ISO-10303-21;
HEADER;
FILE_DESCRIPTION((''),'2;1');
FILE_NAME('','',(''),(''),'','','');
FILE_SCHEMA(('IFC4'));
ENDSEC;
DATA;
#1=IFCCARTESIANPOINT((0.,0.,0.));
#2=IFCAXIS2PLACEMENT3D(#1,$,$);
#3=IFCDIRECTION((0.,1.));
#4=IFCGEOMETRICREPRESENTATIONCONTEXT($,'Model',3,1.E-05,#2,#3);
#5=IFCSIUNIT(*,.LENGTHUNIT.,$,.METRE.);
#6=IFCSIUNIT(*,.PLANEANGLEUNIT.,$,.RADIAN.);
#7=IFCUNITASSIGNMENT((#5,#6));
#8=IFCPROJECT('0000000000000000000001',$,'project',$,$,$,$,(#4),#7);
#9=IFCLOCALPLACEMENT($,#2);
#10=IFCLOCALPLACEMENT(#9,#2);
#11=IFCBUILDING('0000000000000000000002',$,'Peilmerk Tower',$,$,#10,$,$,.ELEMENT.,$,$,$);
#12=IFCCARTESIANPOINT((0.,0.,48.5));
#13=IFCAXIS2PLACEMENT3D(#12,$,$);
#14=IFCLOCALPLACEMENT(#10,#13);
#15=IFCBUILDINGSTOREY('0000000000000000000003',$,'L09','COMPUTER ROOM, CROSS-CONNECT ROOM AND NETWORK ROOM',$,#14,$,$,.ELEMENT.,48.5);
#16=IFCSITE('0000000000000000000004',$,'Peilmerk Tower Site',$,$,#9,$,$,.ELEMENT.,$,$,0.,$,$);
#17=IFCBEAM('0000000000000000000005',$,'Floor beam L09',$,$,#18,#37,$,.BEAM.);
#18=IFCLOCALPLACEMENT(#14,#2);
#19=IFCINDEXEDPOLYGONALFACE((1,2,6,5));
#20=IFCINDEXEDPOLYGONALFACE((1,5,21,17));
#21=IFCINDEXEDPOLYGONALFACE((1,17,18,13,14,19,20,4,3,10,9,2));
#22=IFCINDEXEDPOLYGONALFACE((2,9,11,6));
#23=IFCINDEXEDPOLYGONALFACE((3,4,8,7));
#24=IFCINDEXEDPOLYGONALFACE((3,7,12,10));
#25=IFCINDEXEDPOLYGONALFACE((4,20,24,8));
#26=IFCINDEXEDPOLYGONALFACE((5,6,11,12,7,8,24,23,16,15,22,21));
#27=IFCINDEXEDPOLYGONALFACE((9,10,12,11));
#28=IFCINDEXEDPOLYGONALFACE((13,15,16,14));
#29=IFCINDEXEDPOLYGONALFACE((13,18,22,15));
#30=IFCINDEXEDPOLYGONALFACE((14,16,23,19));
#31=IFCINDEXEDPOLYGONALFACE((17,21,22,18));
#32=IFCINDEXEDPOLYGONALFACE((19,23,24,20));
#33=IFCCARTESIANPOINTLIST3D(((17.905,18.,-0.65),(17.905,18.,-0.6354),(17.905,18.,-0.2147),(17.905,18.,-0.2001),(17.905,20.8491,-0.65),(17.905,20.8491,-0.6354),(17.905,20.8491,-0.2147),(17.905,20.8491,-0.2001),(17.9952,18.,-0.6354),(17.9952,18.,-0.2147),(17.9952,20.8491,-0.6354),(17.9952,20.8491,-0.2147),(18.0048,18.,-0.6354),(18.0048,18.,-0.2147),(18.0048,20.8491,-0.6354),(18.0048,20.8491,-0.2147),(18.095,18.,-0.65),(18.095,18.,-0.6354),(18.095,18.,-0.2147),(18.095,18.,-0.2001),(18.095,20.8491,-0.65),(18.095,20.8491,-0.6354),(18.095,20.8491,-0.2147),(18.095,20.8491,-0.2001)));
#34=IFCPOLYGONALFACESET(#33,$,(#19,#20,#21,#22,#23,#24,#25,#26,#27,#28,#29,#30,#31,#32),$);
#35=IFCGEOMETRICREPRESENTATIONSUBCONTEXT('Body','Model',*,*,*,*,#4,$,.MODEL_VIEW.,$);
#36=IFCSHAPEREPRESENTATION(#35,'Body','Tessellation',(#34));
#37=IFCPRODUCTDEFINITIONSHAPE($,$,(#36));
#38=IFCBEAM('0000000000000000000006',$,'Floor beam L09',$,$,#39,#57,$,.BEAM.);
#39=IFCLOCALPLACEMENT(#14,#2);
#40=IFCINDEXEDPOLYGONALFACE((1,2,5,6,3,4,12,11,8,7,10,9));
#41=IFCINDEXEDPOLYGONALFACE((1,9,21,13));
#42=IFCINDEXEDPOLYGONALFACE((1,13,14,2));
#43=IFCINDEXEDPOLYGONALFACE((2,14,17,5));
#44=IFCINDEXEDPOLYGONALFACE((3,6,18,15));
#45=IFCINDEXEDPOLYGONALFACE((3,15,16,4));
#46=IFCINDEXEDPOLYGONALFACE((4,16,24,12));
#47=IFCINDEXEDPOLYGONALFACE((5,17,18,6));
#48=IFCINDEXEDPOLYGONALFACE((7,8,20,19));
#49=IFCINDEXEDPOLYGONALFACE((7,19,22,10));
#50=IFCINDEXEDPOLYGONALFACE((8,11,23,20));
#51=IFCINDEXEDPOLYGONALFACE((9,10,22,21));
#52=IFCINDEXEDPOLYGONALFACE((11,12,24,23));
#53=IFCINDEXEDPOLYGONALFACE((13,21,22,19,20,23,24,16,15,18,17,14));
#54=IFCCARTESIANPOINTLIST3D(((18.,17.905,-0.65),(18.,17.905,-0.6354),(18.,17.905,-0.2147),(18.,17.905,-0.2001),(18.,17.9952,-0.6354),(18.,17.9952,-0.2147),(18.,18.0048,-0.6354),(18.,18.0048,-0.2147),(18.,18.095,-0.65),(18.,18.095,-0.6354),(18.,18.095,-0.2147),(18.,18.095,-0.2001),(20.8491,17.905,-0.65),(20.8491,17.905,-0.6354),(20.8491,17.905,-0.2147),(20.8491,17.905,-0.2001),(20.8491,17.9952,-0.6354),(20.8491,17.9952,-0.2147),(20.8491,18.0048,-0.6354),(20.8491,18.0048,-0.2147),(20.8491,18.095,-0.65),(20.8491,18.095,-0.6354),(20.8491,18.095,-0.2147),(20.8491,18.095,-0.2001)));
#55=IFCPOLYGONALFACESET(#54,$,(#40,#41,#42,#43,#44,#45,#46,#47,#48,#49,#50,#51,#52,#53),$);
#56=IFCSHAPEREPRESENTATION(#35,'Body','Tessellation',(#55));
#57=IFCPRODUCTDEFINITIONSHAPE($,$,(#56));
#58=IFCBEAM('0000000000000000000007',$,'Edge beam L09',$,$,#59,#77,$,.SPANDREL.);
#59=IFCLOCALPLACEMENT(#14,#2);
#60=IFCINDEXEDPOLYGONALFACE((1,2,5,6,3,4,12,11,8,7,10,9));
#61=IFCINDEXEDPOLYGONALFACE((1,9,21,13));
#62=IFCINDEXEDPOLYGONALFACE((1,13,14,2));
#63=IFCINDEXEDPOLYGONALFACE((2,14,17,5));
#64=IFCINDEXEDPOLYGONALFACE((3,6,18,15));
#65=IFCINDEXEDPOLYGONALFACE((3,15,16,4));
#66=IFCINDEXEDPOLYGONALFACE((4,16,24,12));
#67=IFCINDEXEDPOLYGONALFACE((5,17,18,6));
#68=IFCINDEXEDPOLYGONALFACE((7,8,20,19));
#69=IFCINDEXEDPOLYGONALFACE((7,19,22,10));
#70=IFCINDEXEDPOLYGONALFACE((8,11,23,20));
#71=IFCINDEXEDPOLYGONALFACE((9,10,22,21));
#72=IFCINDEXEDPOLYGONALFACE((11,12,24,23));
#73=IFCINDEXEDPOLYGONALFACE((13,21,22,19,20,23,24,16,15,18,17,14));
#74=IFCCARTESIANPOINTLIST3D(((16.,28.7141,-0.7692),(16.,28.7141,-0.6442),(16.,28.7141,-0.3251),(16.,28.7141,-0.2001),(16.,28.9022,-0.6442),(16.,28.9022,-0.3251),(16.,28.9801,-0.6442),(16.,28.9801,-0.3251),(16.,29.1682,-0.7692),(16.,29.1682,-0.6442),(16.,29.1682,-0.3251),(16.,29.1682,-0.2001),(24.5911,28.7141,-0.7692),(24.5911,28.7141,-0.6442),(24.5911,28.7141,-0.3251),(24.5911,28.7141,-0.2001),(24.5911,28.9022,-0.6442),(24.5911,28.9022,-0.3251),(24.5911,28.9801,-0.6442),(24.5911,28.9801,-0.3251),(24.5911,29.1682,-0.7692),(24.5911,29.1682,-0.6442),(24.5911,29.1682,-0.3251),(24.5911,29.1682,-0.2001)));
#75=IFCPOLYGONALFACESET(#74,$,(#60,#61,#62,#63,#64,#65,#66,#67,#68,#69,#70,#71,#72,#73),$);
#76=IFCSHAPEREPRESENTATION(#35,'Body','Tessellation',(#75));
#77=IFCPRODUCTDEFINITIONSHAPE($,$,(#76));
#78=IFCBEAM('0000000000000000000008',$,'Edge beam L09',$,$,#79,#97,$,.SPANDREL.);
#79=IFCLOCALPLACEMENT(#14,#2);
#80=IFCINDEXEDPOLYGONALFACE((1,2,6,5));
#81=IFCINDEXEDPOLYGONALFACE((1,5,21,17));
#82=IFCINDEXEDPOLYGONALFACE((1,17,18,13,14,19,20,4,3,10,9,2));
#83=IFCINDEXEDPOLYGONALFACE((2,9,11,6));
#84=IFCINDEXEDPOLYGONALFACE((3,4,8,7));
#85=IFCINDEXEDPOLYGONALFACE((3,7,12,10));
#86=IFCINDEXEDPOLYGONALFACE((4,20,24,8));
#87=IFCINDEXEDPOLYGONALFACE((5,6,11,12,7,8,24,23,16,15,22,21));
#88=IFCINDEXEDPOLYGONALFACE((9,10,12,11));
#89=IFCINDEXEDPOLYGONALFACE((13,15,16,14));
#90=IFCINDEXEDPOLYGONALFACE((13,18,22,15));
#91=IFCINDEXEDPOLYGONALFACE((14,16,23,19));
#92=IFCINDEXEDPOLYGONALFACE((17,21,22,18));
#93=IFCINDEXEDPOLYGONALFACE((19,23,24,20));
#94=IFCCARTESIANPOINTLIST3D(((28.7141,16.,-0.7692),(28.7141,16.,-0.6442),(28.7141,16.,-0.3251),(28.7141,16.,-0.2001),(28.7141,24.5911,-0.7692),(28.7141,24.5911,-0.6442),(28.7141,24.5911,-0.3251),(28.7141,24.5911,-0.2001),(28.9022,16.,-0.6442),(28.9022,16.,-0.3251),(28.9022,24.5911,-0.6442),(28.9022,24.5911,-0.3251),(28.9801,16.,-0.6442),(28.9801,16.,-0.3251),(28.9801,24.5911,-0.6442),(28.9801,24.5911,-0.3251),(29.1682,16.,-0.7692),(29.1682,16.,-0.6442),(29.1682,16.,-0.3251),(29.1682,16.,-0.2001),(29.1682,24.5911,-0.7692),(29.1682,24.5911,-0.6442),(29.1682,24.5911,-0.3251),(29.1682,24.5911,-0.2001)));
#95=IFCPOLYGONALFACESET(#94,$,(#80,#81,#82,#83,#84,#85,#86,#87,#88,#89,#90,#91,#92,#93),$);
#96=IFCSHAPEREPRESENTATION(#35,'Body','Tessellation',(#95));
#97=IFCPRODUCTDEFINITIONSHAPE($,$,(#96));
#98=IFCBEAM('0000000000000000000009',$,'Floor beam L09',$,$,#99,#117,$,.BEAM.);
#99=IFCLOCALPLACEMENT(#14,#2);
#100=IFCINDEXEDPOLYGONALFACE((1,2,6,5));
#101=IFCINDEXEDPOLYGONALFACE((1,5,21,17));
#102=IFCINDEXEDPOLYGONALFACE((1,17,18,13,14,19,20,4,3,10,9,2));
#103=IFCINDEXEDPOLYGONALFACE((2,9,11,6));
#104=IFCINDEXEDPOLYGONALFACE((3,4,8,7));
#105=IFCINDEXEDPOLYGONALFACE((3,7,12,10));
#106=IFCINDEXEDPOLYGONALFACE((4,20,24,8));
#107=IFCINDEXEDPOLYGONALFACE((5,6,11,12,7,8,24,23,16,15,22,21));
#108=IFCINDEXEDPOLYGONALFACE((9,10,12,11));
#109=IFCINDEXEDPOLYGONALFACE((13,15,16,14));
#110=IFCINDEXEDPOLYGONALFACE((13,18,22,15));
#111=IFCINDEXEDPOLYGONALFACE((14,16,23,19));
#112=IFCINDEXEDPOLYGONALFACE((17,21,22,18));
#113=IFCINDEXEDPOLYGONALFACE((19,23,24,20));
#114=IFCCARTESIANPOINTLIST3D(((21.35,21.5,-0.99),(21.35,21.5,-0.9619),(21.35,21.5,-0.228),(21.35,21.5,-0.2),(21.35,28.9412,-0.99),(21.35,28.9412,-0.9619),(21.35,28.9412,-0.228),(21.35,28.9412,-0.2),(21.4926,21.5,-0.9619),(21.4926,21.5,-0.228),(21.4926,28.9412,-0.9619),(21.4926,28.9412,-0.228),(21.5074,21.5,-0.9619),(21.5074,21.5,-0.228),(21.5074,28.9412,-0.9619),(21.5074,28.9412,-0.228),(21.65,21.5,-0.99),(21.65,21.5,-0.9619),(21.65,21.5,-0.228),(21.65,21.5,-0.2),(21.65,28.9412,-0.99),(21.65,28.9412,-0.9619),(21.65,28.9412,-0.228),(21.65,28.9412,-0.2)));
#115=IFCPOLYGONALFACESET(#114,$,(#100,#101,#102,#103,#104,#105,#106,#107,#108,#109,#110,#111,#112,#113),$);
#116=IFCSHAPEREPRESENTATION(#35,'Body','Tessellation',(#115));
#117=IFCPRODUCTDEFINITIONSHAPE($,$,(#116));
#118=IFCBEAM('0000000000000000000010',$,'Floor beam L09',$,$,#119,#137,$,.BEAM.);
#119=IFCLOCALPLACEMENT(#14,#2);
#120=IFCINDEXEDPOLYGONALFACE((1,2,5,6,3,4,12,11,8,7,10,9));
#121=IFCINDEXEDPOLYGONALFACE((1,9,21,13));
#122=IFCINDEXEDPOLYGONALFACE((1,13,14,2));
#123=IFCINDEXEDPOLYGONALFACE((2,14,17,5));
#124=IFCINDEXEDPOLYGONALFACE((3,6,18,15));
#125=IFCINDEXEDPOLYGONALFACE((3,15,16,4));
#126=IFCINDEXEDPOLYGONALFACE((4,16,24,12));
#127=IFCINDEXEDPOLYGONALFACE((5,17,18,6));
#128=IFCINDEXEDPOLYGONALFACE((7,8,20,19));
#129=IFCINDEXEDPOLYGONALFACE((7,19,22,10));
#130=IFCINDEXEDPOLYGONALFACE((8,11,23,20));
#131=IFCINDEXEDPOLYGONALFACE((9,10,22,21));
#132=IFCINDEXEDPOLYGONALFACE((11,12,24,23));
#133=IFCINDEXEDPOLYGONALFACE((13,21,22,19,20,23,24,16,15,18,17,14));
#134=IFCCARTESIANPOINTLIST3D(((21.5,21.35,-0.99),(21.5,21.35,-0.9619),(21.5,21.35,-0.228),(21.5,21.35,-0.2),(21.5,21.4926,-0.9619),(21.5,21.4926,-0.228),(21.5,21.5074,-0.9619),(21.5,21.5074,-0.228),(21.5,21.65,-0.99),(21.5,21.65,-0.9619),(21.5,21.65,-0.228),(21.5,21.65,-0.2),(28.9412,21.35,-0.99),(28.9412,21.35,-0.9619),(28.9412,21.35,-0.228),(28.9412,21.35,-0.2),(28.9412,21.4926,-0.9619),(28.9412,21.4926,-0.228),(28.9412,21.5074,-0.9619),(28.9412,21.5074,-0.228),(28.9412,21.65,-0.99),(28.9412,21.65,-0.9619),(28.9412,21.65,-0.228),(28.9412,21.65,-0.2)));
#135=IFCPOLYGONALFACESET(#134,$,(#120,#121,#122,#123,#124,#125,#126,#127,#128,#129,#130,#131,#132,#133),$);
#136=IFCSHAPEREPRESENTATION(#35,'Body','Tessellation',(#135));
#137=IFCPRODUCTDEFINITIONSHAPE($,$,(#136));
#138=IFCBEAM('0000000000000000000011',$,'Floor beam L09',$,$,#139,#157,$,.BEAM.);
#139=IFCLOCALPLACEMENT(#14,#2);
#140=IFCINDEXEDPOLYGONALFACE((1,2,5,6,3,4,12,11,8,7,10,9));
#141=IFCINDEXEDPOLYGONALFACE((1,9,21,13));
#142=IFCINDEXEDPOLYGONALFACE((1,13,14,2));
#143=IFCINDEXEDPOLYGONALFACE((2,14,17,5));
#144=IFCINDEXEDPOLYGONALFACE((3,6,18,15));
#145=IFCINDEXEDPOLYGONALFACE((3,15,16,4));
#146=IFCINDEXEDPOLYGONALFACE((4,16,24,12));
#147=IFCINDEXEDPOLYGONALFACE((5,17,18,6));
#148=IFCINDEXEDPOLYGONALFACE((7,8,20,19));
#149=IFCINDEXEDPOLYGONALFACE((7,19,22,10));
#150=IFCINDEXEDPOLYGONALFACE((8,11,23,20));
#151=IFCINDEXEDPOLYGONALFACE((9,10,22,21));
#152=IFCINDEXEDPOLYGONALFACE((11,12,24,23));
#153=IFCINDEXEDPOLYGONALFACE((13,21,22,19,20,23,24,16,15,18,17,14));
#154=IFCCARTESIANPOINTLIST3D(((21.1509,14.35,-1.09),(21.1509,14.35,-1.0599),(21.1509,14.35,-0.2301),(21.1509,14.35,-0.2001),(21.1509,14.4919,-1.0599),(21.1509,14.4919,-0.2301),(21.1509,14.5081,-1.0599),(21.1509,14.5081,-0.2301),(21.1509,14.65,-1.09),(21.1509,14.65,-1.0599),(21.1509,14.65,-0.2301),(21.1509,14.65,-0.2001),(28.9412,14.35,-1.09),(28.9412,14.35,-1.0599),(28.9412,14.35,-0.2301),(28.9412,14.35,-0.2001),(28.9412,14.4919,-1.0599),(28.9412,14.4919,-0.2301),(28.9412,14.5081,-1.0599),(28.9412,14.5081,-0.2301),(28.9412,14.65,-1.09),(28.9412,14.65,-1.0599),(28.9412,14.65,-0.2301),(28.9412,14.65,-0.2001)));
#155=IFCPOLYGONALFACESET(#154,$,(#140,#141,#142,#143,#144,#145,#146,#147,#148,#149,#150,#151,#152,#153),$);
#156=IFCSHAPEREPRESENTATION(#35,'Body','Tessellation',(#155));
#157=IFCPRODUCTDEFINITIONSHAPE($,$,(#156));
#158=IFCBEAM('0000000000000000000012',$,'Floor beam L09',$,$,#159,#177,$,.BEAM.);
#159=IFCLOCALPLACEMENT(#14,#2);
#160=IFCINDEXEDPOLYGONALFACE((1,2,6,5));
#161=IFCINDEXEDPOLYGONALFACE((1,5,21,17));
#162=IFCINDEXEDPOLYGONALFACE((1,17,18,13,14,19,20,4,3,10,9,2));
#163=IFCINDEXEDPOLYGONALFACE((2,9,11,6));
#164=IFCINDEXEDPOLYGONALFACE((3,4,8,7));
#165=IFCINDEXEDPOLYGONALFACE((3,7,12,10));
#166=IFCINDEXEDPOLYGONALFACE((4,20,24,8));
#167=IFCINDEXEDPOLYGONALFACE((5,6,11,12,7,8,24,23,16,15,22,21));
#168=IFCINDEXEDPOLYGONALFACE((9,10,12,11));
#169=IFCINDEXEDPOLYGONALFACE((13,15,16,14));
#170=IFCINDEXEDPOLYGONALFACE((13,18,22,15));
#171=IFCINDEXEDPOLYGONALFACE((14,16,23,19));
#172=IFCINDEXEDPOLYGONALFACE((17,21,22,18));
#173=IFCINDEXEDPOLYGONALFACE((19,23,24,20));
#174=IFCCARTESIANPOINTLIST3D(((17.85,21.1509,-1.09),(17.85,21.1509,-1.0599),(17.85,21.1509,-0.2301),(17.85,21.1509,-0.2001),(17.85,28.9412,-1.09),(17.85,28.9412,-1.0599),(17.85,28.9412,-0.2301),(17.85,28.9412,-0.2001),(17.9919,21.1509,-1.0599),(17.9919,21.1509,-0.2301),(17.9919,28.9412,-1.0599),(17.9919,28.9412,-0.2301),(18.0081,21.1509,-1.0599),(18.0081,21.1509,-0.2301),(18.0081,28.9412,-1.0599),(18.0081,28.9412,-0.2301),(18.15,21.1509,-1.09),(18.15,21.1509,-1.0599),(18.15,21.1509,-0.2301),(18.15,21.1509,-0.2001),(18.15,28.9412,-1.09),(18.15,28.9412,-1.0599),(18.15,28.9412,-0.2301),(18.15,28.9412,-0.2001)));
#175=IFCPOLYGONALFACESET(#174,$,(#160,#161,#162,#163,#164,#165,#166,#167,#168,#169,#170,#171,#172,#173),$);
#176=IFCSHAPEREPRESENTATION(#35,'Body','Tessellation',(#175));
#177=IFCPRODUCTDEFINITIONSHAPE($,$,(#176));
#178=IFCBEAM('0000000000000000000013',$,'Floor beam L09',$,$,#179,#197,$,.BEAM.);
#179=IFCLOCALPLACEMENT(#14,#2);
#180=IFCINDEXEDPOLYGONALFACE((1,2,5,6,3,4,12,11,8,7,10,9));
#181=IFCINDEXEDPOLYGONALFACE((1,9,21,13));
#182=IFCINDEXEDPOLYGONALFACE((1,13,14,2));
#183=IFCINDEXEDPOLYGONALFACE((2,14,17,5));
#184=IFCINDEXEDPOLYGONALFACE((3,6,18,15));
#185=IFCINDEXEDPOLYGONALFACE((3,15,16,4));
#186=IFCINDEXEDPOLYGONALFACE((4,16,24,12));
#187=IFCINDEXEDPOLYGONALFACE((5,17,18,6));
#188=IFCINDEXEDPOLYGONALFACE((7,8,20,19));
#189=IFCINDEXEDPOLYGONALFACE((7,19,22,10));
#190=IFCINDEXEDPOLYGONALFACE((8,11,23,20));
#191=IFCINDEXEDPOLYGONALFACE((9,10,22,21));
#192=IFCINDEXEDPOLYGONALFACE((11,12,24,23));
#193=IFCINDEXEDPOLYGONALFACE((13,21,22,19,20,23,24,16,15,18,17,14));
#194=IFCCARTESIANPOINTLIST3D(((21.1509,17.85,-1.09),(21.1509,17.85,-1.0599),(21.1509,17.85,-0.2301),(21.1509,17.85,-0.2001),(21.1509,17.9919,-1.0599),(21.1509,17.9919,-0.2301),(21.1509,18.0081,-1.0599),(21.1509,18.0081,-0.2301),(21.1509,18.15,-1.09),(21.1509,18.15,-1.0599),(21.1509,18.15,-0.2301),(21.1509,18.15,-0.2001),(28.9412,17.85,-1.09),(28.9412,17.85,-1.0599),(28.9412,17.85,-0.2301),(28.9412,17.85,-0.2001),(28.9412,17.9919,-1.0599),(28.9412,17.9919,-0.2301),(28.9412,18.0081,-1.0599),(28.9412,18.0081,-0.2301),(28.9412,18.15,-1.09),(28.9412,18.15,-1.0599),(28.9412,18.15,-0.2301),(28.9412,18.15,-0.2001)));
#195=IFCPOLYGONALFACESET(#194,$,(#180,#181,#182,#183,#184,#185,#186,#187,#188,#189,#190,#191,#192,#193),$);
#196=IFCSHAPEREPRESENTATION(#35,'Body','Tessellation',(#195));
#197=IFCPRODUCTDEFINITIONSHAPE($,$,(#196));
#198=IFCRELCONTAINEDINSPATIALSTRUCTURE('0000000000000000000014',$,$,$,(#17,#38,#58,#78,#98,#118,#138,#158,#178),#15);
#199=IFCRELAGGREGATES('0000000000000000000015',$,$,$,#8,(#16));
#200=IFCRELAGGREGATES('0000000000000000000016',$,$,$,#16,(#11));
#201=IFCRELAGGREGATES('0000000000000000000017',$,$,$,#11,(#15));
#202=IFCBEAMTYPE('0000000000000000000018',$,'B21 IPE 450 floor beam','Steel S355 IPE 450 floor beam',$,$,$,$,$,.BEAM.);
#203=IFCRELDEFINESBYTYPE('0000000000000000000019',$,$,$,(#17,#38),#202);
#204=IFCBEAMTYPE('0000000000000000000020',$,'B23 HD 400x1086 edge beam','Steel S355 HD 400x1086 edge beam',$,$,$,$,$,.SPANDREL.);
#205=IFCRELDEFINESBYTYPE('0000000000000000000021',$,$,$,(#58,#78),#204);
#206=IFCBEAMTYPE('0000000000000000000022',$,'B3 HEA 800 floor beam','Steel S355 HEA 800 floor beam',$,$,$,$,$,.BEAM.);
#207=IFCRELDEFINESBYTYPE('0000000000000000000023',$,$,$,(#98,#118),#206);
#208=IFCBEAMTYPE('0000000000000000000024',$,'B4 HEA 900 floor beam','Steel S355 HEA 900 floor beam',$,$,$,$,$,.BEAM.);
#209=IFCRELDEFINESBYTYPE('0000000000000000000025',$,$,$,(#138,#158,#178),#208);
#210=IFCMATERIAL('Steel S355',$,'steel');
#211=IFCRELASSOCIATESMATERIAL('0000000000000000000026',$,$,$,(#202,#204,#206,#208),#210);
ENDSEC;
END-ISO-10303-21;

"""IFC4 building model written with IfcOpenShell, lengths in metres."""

from ifc_helpers import new_model, si_unit, direction, frame, origin, origin_2d, place, context, subcontext, project, spatial, i_section, extrude, material, material_profile, profile_set, type_object, element, save


model = new_model("IFC4")

# Units and contexts
model_context = context("Model", 3, precision=1e-05, world=origin(), true_north=direction((0.0, 1.0)))
body_context = subcontext(model_context, "Body", "Model", "MODEL_VIEW")
ifc_project = project(units=[si_unit("LENGTHUNIT", "METRE"), si_unit("PLANEANGLEUNIT", "RADIAN")], contexts=[model_context])

# Site, building, storey
site_placement = place(None, origin())
site = spatial("IfcSite", under=ifc_project, at=site_placement, Name="Peilmerk Tower Site", CompositionType="ELEMENT", RefElevation=0.0)
building_placement = place(site_placement, origin())
building = spatial("IfcBuilding", under=site, at=building_placement, Name="Peilmerk Tower", CompositionType="ELEMENT")
storey_placement = place(building_placement, frame((0.0, 0.0, 48.5)))
storey = spatial("IfcBuildingStorey", under=building, at=storey_placement, Name="L09", Description="COMPUTER ROOM, CROSS-CONNECT ROOM AND NETWORK ROOM", CompositionType="ELEMENT", Elevation=48.5)

# Beams
ifc_material_1 = material(Name="Steel S355", Category="steel")
ifc_material_profile_1 = material_profile(ifc_material_1, i_section(OverallWidth=0.1899, OverallDepth=0.45, WebThickness=0.0095, FlangeThickness=0.0146, at=origin_2d()), Name="IPE 450")
ifc_profile_set_1 = profile_set([ifc_material_profile_1], Name="Steel S355")
beam_type_1 = type_object("IfcBeamType", Name="B21 IPE 450 floor beam", Description="Steel S355 IPE 450 floor beam", PredefinedType="BEAM", material=ifc_profile_set_1)
for number, where, z_axis, x_axis, name in (
    (1, (18.0, 18.0, -0.425), (0.0, 1.0, 0.0), (-1.0, 0.0, 0.0), "Floor beam L09"),
    (2, (18.0, 18.0, -0.425), (1.0, 0.0, 0.0), (0.0, 1.0, 0.0), "Floor beam L09"),
):
    element("IfcBeam", number, at=place(storey_placement, frame(where, z_axis=z_axis, x_axis=x_axis)), inside=storey, type_object=beam_type_1, Name=name, PredefinedType="BEAM", context=body_context, shape_type="SweptSolid", body=[
        extrude(i_section(OverallWidth=0.1899, OverallDepth=0.45, WebThickness=0.0095, FlangeThickness=0.0146, at=origin_2d()), origin(), (0.0, 0.0, 1.0), 2.8491),
    ])
ifc_material_profile_2 = material_profile(ifc_material_1, i_section(OverallWidth=0.4541, OverallDepth=0.5691, WebThickness=0.0779, FlangeThickness=0.125, at=origin_2d()), Name="HD 400x1086")
ifc_profile_set_2 = profile_set([ifc_material_profile_2], Name="Steel S355")
beam_type_2 = type_object("IfcBeamType", Name="B23 HD 400x1086 edge beam", Description="Steel S355 HD 400x1086 edge beam", PredefinedType="SPANDREL", material=ifc_profile_set_2)
for number, where, z_axis, x_axis, name in (
    (3, (24.5911, 28.9412, -0.4846), (-1.0, 0.0, 0.0), (0.0, -1.0, 0.0), "Edge beam L09"),
    (4, (28.9412, 16.0, -0.4846), (0.0, 1.0, 0.0), (-1.0, 0.0, 0.0), "Edge beam L09"),
):
    element("IfcBeam", number, at=place(storey_placement, frame(where, z_axis=z_axis, x_axis=x_axis)), inside=storey, type_object=beam_type_2, Name=name, PredefinedType="SPANDREL", context=body_context, shape_type="SweptSolid", body=[
        extrude(i_section(OverallWidth=0.4541, OverallDepth=0.5691, WebThickness=0.0779, FlangeThickness=0.125, at=origin_2d()), origin(), (0.0, 0.0, 1.0), 8.5911),
    ])
ifc_material_profile_3 = material_profile(ifc_material_1, i_section(OverallWidth=0.3, OverallDepth=0.79, WebThickness=0.0149, FlangeThickness=0.0281, at=origin_2d()), Name="HEA 800")
ifc_profile_set_3 = profile_set([ifc_material_profile_3], Name="Steel S355")
beam_type_3 = type_object("IfcBeamType", Name="B3 HEA 800 floor beam", Description="Steel S355 HEA 800 floor beam", PredefinedType="BEAM", material=ifc_profile_set_3)
for number, where, z_axis, x_axis, name in (
    (5, (21.5, 21.5, -0.595), (0.0, 1.0, 0.0), (-1.0, 0.0, 0.0), "Floor beam L09"),
    (6, (21.5, 21.5, -0.595), (1.0, 0.0, 0.0), (0.0, 1.0, 0.0), "Floor beam L09"),
):
    element("IfcBeam", number, at=place(storey_placement, frame(where, z_axis=z_axis, x_axis=x_axis)), inside=storey, type_object=beam_type_3, Name=name, PredefinedType="BEAM", context=body_context, shape_type="SweptSolid", body=[
        extrude(i_section(OverallWidth=0.3, OverallDepth=0.79, WebThickness=0.0149, FlangeThickness=0.0281, at=origin_2d()), origin(), (0.0, 0.0, 1.0), 7.4412),
    ])
ifc_material_profile_4 = material_profile(ifc_material_1, i_section(OverallWidth=0.3, OverallDepth=0.8899, WebThickness=0.0161, FlangeThickness=0.03, at=origin_2d()), Name="HEA 900")
ifc_profile_set_4 = profile_set([ifc_material_profile_4], Name="Steel S355")
beam_type_4 = type_object("IfcBeamType", Name="B4 HEA 900 floor beam", Description="Steel S355 HEA 900 floor beam", PredefinedType="BEAM", material=ifc_profile_set_4)
for number, where, z_axis, x_axis, name in (
    (7, (21.1509, 14.5, -0.645), (1.0, 0.0, 0.0), (0.0, 1.0, 0.0), "Floor beam L09"),
    (8, (18.0, 21.1509, -0.645), (0.0, 1.0, 0.0), (-1.0, 0.0, 0.0), "Floor beam L09"),
    (9, (21.1509, 18.0, -0.645), (1.0, 0.0, 0.0), (0.0, 1.0, 0.0), "Floor beam L09"),
):
    element("IfcBeam", number, at=place(storey_placement, frame(where, z_axis=z_axis, x_axis=x_axis)), inside=storey, type_object=beam_type_4, Name=name, PredefinedType="BEAM", context=body_context, shape_type="SweptSolid", body=[
        extrude(i_section(OverallWidth=0.3, OverallDepth=0.8899, WebThickness=0.0161, FlangeThickness=0.03, at=origin_2d()), origin(), (0.0, 0.0, 1.0), 7.7903),
    ])

save(model, "model.ifc")
